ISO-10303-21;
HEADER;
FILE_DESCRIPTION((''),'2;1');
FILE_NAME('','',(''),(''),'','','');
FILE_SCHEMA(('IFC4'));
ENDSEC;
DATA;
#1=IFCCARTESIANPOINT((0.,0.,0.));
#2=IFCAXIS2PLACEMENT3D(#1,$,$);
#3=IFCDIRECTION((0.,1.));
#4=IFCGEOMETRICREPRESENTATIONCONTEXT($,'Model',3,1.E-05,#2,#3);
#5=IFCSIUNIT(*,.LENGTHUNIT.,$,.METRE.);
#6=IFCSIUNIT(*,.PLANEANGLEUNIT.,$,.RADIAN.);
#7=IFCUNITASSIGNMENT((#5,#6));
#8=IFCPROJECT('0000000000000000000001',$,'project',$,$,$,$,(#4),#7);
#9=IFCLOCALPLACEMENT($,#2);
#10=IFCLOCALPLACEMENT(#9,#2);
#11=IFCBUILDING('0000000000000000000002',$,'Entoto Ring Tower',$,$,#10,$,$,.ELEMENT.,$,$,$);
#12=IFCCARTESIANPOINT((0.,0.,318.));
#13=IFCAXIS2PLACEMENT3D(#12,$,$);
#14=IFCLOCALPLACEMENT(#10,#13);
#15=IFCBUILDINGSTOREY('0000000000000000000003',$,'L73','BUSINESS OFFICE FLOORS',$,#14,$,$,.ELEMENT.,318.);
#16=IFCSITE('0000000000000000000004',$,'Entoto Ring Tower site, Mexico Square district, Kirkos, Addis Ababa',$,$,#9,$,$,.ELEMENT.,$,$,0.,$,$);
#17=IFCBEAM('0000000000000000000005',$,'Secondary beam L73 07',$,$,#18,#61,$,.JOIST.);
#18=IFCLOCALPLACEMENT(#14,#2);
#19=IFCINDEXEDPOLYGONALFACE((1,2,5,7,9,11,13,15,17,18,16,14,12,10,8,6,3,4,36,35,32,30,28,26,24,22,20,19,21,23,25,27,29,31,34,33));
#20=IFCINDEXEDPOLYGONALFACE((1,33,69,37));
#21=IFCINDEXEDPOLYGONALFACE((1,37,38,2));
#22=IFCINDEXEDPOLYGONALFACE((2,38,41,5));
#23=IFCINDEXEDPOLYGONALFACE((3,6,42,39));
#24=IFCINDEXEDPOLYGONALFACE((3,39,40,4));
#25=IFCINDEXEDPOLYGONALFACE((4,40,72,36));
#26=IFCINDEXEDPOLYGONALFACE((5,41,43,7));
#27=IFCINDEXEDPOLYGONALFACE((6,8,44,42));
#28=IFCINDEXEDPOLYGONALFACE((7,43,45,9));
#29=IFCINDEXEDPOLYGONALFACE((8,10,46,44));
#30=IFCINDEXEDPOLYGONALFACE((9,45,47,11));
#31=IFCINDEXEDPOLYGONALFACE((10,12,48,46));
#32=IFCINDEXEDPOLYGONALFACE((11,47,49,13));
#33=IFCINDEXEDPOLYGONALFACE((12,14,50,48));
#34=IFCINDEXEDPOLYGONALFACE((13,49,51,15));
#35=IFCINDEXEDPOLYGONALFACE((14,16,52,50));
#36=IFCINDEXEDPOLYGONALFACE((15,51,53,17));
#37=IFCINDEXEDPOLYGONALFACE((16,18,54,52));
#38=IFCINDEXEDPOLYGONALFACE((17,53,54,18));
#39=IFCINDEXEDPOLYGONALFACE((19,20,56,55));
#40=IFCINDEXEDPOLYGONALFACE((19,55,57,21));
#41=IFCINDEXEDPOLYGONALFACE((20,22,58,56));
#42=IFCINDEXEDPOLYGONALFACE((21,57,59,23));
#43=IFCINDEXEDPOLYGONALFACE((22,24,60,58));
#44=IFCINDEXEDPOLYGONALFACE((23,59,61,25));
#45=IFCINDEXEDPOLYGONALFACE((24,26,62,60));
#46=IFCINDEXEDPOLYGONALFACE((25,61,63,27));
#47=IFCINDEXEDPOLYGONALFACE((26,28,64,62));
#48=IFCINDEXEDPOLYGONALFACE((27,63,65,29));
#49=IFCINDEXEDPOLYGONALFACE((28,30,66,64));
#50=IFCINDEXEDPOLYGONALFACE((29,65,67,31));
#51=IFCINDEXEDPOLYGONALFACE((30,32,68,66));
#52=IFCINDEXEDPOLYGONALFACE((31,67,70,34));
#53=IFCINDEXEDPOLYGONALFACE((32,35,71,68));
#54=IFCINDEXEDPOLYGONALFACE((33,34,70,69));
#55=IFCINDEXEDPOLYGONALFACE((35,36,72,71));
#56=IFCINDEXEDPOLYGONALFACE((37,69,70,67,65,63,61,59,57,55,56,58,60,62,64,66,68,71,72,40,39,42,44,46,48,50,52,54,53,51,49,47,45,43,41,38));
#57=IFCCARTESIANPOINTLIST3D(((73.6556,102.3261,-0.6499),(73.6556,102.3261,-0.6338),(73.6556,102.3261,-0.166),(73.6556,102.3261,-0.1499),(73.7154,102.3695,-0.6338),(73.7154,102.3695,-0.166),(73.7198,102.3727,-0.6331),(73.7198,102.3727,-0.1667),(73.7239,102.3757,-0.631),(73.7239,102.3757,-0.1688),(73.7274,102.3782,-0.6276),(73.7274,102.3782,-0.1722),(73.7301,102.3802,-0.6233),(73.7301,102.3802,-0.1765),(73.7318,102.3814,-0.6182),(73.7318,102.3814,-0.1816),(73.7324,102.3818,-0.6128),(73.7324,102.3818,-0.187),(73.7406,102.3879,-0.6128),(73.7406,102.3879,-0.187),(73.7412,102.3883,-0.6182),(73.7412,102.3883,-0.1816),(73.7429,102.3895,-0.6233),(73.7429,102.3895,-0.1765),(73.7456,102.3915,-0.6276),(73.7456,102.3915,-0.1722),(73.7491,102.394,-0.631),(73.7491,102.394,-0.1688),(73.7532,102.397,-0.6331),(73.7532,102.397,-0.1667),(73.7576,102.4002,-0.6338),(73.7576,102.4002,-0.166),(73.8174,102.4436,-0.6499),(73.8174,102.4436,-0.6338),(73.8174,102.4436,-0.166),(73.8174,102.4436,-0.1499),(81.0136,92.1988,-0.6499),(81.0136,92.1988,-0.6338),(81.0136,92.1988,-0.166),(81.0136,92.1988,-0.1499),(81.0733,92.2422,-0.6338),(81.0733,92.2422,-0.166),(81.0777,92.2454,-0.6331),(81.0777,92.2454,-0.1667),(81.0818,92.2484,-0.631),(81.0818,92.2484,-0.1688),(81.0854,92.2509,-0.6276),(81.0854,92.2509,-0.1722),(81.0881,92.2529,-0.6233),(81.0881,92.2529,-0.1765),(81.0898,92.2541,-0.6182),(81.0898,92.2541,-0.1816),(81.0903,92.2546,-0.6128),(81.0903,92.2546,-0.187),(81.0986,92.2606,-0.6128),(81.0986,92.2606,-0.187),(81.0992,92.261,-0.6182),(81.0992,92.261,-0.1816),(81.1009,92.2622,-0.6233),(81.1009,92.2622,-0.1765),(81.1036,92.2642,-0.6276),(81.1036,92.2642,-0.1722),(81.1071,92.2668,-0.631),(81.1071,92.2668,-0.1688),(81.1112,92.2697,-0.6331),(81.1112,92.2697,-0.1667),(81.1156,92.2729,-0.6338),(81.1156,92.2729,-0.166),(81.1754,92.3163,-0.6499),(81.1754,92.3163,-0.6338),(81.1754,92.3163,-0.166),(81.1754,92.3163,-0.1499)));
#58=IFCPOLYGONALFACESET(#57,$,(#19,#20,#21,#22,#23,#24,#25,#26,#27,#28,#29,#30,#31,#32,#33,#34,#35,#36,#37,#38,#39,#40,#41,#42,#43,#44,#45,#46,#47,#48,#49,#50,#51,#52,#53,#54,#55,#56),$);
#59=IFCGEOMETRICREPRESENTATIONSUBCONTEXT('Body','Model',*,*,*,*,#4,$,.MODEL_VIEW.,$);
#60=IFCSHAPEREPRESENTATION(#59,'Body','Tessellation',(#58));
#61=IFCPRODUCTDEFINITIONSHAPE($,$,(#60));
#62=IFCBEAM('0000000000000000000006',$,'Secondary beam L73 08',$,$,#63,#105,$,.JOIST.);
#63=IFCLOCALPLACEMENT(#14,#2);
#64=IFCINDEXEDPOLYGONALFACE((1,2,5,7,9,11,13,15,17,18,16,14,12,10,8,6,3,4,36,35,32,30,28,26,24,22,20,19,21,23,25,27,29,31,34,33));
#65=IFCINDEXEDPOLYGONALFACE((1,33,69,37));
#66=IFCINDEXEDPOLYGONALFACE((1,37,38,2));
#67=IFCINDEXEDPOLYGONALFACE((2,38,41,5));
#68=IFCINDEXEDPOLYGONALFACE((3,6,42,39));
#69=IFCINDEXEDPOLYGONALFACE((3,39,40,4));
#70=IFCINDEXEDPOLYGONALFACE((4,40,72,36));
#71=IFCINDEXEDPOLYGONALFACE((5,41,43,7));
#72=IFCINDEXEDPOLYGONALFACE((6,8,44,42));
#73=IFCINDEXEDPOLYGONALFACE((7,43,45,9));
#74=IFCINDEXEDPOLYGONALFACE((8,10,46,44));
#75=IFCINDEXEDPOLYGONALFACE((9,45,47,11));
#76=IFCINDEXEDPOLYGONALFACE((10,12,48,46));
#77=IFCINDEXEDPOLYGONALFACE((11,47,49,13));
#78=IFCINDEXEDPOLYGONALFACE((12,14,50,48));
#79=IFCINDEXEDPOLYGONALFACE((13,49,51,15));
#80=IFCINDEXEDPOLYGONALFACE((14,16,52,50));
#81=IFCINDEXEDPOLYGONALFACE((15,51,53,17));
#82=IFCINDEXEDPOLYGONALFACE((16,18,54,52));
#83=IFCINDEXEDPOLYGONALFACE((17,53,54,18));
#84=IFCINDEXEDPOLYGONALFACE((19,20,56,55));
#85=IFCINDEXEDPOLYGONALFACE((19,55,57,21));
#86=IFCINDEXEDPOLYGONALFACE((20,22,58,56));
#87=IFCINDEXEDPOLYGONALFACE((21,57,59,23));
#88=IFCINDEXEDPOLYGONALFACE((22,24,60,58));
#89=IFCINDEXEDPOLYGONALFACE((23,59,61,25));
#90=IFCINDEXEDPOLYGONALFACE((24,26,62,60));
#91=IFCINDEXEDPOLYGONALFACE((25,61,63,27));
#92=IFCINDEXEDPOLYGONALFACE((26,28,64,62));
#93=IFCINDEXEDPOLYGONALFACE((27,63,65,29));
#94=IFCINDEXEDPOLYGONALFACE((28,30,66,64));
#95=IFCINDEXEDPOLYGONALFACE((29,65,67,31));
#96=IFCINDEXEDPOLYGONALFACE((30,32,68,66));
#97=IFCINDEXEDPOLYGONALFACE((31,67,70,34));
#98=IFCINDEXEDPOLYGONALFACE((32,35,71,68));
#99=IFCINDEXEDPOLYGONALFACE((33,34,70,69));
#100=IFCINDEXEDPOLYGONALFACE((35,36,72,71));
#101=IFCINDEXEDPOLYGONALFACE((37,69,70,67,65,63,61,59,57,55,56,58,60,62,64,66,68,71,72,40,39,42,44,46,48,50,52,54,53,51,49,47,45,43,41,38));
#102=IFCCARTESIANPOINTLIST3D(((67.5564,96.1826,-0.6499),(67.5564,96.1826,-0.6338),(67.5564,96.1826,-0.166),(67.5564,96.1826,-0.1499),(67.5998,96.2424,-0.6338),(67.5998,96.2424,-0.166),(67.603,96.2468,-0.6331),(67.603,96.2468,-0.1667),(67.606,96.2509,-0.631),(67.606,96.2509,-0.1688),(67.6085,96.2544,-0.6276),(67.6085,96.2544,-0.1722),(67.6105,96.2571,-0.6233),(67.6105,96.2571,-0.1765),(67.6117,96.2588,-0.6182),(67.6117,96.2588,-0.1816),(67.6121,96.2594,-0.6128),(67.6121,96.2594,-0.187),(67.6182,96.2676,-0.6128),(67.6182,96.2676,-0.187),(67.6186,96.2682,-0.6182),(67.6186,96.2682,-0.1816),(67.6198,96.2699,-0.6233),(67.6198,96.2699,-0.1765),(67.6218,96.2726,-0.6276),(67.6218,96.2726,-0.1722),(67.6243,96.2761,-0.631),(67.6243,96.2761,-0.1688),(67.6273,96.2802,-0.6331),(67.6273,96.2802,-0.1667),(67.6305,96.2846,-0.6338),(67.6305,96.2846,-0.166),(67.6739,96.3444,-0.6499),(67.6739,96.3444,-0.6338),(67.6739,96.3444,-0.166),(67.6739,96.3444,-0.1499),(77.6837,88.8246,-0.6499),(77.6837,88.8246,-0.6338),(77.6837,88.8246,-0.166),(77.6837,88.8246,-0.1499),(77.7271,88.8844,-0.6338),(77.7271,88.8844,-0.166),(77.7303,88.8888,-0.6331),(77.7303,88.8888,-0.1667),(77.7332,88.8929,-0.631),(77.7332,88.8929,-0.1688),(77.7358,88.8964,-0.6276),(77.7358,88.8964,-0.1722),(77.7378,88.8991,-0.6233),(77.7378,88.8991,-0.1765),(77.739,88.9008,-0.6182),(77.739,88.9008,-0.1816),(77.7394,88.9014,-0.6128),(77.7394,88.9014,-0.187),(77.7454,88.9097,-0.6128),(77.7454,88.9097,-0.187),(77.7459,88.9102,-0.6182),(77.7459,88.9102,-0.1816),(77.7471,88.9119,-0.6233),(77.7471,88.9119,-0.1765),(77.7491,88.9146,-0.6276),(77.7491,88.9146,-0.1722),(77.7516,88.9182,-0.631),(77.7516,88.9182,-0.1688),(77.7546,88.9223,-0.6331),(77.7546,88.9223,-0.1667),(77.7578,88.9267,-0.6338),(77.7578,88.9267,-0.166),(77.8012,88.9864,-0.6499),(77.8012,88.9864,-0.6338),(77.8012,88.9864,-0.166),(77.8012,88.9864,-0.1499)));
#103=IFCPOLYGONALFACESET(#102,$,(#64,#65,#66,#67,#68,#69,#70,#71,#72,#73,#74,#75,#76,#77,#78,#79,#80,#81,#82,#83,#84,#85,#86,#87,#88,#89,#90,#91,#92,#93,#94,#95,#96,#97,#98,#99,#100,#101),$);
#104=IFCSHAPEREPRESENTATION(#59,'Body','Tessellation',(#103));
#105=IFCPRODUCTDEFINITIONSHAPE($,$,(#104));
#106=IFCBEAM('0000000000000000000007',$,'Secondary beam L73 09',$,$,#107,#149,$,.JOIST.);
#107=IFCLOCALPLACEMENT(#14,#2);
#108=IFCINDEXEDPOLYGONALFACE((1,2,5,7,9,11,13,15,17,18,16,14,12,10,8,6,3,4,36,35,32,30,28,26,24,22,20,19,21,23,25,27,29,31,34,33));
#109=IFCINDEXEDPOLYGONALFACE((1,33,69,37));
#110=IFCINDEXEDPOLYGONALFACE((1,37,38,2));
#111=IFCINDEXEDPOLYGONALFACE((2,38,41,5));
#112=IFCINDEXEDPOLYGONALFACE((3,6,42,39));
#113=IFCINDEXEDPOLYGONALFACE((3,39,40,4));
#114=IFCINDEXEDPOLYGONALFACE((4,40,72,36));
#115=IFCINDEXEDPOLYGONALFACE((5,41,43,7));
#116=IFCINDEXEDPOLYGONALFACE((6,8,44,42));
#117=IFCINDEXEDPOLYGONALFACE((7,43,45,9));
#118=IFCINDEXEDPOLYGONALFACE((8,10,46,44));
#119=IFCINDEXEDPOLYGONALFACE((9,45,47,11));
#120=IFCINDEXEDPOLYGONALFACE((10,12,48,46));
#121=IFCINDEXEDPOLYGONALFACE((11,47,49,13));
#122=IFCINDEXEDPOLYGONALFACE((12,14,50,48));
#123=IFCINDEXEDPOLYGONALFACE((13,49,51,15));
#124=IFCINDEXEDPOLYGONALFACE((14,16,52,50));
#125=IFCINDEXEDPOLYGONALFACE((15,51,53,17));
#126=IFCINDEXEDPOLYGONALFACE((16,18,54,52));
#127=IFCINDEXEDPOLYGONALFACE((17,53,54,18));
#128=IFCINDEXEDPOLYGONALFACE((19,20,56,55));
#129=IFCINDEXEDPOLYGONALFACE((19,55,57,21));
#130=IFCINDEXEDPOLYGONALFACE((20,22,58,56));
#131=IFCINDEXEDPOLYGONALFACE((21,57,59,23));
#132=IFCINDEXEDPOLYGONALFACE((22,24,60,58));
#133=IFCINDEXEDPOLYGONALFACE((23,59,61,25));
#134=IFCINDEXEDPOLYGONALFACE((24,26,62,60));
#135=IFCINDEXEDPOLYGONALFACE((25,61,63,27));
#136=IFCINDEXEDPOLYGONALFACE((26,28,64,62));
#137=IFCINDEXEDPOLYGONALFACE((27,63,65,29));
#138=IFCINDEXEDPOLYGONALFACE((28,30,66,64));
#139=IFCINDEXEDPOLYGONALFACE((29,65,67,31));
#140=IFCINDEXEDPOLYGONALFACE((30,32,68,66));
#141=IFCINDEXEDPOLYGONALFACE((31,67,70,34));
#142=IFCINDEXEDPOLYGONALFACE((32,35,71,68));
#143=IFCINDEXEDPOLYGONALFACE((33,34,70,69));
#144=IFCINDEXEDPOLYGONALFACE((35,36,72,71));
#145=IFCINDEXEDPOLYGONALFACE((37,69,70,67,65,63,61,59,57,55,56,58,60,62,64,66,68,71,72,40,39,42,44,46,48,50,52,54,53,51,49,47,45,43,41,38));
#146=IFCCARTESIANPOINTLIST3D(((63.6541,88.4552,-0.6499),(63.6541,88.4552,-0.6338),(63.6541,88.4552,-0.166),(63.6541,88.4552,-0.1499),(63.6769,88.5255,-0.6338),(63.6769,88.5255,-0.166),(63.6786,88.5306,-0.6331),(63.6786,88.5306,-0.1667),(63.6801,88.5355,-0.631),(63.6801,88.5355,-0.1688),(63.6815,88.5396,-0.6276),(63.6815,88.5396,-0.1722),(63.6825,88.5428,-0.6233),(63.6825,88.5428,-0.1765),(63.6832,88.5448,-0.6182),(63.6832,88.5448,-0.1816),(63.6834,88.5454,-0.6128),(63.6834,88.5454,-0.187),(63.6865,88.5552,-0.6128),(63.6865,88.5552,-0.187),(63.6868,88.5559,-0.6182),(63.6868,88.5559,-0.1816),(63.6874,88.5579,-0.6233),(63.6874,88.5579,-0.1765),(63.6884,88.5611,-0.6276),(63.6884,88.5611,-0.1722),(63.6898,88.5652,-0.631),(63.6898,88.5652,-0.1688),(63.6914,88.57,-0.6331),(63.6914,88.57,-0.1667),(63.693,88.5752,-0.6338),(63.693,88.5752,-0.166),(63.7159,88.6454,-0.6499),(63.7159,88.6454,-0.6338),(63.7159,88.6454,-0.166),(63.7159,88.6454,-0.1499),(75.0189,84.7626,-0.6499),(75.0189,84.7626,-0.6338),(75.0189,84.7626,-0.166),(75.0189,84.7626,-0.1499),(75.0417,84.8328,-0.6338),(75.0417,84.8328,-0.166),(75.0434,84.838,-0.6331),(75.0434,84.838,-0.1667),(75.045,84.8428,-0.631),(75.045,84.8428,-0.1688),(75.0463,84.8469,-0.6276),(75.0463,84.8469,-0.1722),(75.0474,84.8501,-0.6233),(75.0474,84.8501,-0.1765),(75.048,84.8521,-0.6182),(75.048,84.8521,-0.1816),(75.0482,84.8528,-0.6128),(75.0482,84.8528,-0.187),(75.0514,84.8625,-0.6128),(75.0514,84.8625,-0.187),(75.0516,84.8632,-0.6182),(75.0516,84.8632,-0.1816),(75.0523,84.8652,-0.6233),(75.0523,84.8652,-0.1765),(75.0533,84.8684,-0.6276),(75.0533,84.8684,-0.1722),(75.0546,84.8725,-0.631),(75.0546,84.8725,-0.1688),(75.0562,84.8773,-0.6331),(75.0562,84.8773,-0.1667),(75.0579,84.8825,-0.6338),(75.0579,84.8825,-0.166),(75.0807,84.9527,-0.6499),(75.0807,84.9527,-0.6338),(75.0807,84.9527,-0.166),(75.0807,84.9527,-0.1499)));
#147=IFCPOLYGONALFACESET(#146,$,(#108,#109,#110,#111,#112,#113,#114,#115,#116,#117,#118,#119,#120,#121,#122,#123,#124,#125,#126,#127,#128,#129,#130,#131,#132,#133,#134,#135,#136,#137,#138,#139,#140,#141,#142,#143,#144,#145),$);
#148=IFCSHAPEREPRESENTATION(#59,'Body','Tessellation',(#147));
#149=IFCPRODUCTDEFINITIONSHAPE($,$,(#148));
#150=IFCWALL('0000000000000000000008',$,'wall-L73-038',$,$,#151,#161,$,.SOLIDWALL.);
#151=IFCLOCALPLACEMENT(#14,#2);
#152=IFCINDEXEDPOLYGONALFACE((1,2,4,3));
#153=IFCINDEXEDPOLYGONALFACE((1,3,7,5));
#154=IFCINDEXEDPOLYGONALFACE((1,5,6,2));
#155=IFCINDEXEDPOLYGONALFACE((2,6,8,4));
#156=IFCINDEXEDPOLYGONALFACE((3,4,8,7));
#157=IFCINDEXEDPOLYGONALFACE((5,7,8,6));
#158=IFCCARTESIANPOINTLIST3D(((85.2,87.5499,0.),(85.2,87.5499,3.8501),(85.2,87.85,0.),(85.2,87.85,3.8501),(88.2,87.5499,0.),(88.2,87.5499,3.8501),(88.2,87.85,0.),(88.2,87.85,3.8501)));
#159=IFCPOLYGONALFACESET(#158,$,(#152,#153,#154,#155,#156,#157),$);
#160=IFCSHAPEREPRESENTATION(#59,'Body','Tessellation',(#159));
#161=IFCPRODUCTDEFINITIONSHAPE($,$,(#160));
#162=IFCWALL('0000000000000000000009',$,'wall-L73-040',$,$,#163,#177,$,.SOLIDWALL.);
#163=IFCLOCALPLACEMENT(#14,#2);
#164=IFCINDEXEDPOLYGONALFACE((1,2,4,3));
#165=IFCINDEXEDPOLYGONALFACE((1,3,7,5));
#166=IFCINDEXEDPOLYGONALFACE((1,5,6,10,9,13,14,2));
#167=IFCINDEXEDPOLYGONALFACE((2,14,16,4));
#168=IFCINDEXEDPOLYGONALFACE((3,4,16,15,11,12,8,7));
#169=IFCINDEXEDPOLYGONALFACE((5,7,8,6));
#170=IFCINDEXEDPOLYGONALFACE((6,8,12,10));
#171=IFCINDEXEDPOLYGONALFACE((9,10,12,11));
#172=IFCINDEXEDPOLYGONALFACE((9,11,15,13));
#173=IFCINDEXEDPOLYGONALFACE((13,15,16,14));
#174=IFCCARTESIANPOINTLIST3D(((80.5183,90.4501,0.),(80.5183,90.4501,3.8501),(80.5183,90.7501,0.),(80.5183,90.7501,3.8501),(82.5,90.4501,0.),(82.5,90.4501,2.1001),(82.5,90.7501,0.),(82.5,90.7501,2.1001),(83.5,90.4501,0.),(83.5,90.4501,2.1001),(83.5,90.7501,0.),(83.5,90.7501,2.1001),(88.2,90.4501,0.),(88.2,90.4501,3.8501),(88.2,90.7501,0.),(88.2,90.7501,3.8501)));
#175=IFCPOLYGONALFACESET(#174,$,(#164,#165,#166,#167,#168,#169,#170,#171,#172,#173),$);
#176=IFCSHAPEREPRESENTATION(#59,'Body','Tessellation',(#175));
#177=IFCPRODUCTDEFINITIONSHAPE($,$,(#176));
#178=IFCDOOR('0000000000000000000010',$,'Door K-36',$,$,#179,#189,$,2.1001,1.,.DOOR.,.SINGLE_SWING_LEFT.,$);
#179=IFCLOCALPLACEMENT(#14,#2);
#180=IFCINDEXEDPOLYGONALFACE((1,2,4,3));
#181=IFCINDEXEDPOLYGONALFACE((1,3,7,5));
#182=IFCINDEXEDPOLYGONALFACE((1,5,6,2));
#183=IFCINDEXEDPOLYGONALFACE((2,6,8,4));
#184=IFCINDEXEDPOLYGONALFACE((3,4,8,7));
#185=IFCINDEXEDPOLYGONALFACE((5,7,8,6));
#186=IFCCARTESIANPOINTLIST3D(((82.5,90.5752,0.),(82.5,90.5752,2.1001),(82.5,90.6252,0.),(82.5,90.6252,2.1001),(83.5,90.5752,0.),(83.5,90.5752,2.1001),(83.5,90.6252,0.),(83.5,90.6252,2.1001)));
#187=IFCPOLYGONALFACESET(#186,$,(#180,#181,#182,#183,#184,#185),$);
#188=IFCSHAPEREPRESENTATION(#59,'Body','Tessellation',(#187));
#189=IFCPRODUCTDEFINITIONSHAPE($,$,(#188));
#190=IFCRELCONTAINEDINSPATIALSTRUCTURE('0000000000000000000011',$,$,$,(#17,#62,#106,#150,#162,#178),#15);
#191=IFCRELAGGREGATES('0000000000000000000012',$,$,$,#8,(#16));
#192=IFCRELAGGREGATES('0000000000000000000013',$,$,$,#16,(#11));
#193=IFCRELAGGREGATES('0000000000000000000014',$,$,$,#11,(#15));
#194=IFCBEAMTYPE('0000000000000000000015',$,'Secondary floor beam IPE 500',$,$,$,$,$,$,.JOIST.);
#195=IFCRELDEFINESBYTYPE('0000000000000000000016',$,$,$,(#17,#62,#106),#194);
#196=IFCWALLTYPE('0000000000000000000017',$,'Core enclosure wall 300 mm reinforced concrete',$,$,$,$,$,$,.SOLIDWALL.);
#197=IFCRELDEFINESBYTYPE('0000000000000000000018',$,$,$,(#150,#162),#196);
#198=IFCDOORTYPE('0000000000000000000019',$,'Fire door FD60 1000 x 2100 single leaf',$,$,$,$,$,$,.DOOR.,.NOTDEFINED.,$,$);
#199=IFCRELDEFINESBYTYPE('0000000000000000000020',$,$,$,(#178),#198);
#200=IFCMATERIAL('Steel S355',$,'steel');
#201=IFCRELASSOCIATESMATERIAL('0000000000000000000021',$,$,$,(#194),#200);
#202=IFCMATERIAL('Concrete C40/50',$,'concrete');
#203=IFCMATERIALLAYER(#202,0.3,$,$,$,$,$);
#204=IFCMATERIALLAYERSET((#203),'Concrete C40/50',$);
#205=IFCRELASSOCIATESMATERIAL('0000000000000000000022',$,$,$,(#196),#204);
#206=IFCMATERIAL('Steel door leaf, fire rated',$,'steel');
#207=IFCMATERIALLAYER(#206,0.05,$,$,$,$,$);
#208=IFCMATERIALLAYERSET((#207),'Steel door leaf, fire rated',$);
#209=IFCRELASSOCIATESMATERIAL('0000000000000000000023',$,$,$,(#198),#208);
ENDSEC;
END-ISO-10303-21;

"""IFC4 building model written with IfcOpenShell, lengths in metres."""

from ifc_helpers import new_model, si_unit, direction, frame, frame_2d, origin, origin_2d, place, context, subcontext, project, spatial, rectangle, i_section, extrude, material, layer, layer_set, material_profile, profile_set, type_object, element, fill, save


model = new_model("IFC4")

# Units and contexts
model_context = context("Model", 3, precision=1e-05, world=origin(), true_north=direction((0.0, 1.0)))
body_context = subcontext(model_context, "Body", "Model", "MODEL_VIEW")
ifc_project = project(units=[si_unit("LENGTHUNIT", "METRE"), si_unit("PLANEANGLEUNIT", "RADIAN")], contexts=[model_context])

# Site, building, storey
site_placement = place(None, origin())
site = spatial("IfcSite", under=ifc_project, at=site_placement, Name="Entoto Ring Tower site, Mexico Square district, Kirkos, Addis Ababa", CompositionType="ELEMENT", RefElevation=0.0)
building_placement = place(site_placement, origin())
building = spatial("IfcBuilding", under=site, at=building_placement, Name="Entoto Ring Tower", CompositionType="ELEMENT")
storey_placement = place(building_placement, frame((0.0, 0.0, 318.0)))
storey = spatial("IfcBuildingStorey", under=building, at=storey_placement, Name="L73", Description="BUSINESS OFFICE FLOORS", CompositionType="ELEMENT", Elevation=318.0)

# Beams
ifc_material_1 = material(Name="Steel S355", Category="steel")
ifc_material_profile_1 = material_profile(ifc_material_1, i_section(OverallWidth=0.2, OverallDepth=0.5, WebThickness=0.0103, FlangeThickness=0.0161, FilletRadius=0.021, at=origin_2d()), Name="IPE 500")
ifc_profile_set_1 = profile_set([ifc_material_profile_1], Name="Steel S355")
beam_type_1 = type_object("IfcBeamType", Name="Secondary floor beam IPE 500", PredefinedType="JOIST", material=ifc_profile_set_1)
for number, where, z_axis, x_axis, name in (
    (1, (81.0945, 92.2576, -0.3999), (-0.587789, 0.809014, 0.0), (-0.809014, -0.587789, 0.0), "Secondary beam L73 07"),
    (2, (77.7424, 88.9055, -0.3999), (-0.809014, 0.587789, 0.0), (-0.587789, -0.809014, 0.0), "Secondary beam L73 08"),
):
    element("IfcBeam", number, at=place(storey_placement, frame(where, z_axis=z_axis, x_axis=x_axis)), inside=storey, type_object=beam_type_1, Name=name, PredefinedType="JOIST", context=body_context, shape_type="SweptSolid", body=[
        extrude(i_section(OverallWidth=0.2, OverallDepth=0.5, WebThickness=0.0103, FlangeThickness=0.0161, FilletRadius=0.021, at=origin_2d()), origin(), (0.0, 0.0, 1.0), 12.5181),
    ])
beam_1_placement = place(storey_placement, frame((75.0498, 84.8577, -0.3999), z_axis=(-0.951057, 0.309017, 0.0), x_axis=(-0.309017, -0.951057, 0.0)))
element("IfcBeam", 3, at=beam_1_placement, inside=storey, type_object=beam_type_1, Name="Secondary beam L73 09", PredefinedType="JOIST", context=body_context, shape_type="SweptSolid", body=[
    extrude(i_section(OverallWidth=0.2, OverallDepth=0.5, WebThickness=0.0103, FlangeThickness=0.0161, FilletRadius=0.021, at=origin_2d()), origin(), (0.0, 0.0, 1.0), 11.9497),
])

# Wall
ifc_material_2 = material(Name="Concrete C40/50", Category="concrete")
ifc_layer_1 = layer(ifc_material_2, 0.3)
ifc_layer_set_1 = layer_set([ifc_layer_1], Name="Concrete C40/50")
wall_type_1 = type_object("IfcWallType", Name="Core enclosure wall 300 mm reinforced concrete", PredefinedType="SOLIDWALL", material=ifc_layer_set_1)
wall_1_placement = place(storey_placement, frame((85.2, 87.7, 0.0), z_axis=(0.0, 0.0, 1.0), x_axis=(1.0, 0.0, 0.0)))
element("IfcWall", 4, at=wall_1_placement, inside=storey, type_object=wall_type_1, Name="wall-L73-038", PredefinedType="SOLIDWALL", context=body_context, shape_type="SweptSolid", body=[
    extrude(rectangle(XDim=3.0, YDim=0.3, at=frame_2d((1.5, 0.0))), origin(), (0.0, 0.0, 1.0), 3.8501),
])

# Wall, opening, door
wall_2_placement = place(storey_placement, frame((80.5183, 90.6001, 0.0), z_axis=(0.0, 0.0, 1.0), x_axis=(1.0, 0.0, 0.0)))
wall_2 = element("IfcWall", 5, at=wall_2_placement, inside=storey, type_object=wall_type_1, Name="wall-L73-040", PredefinedType="SOLIDWALL", context=body_context, shape_type="SweptSolid", body=[
    extrude(rectangle(XDim=7.6816, YDim=0.3, at=frame_2d((3.8408, 0.0))), origin(), (0.0, 0.0, 1.0), 3.8501),
])
opening_1_placement = place(wall_2_placement, frame((1.9817, 0.0, 0.0)))
opening_1 = element("IfcOpeningElement", 6, at=opening_1_placement, cuts=wall_2, PredefinedType="OPENING", context=body_context, shape_type="SweptSolid", body=[
    extrude(rectangle(XDim=1.0, YDim=2.1001, at=frame_2d((0.5, 1.05))), frame((0.0, 0.1602, 0.0), z_axis=(0.0, -1.0, 0.0), x_axis=(1.0, 0.0, 0.0)), (0.0, 0.0, 1.0), 0.3201),
])
ifc_material_3 = material(Name="Steel door leaf, fire rated", Category="steel")
ifc_layer_2 = layer(ifc_material_3, 0.05)
ifc_layer_set_2 = layer_set([ifc_layer_2], Name="Steel door leaf, fire rated")
door_type_1 = type_object("IfcDoorType", Name="Fire door FD60 1000 x 2100 single leaf", OperationType="NOTDEFINED", PredefinedType="DOOR", material=ifc_layer_set_2)
door_1_placement = place(opening_1_placement, frame((1.0, 0.0, 0.0), z_axis=(0.0, 0.0, 1.0), x_axis=(-1.0, 0.0, 0.0)))
door_1 = element("IfcDoor", 7, at=door_1_placement, inside=storey, type_object=door_type_1, Name="Door K-36", OperationType="SINGLE_SWING_LEFT", OverallHeight=2.1001, OverallWidth=1.0, PredefinedType="DOOR", context=body_context, shape_type="SweptSolid", body=[
    extrude(rectangle(XDim=1.0, YDim=2.1001, at=frame_2d((0.5, 1.05))), frame((0.0, 0.0249, 0.0), z_axis=(0.0, -1.0, 0.0), x_axis=(1.0, 0.0, 0.0)), (0.0, 0.0, 1.0), 0.05),
])
fill(opening_1, door_1)

save(model, "model.ifc")
